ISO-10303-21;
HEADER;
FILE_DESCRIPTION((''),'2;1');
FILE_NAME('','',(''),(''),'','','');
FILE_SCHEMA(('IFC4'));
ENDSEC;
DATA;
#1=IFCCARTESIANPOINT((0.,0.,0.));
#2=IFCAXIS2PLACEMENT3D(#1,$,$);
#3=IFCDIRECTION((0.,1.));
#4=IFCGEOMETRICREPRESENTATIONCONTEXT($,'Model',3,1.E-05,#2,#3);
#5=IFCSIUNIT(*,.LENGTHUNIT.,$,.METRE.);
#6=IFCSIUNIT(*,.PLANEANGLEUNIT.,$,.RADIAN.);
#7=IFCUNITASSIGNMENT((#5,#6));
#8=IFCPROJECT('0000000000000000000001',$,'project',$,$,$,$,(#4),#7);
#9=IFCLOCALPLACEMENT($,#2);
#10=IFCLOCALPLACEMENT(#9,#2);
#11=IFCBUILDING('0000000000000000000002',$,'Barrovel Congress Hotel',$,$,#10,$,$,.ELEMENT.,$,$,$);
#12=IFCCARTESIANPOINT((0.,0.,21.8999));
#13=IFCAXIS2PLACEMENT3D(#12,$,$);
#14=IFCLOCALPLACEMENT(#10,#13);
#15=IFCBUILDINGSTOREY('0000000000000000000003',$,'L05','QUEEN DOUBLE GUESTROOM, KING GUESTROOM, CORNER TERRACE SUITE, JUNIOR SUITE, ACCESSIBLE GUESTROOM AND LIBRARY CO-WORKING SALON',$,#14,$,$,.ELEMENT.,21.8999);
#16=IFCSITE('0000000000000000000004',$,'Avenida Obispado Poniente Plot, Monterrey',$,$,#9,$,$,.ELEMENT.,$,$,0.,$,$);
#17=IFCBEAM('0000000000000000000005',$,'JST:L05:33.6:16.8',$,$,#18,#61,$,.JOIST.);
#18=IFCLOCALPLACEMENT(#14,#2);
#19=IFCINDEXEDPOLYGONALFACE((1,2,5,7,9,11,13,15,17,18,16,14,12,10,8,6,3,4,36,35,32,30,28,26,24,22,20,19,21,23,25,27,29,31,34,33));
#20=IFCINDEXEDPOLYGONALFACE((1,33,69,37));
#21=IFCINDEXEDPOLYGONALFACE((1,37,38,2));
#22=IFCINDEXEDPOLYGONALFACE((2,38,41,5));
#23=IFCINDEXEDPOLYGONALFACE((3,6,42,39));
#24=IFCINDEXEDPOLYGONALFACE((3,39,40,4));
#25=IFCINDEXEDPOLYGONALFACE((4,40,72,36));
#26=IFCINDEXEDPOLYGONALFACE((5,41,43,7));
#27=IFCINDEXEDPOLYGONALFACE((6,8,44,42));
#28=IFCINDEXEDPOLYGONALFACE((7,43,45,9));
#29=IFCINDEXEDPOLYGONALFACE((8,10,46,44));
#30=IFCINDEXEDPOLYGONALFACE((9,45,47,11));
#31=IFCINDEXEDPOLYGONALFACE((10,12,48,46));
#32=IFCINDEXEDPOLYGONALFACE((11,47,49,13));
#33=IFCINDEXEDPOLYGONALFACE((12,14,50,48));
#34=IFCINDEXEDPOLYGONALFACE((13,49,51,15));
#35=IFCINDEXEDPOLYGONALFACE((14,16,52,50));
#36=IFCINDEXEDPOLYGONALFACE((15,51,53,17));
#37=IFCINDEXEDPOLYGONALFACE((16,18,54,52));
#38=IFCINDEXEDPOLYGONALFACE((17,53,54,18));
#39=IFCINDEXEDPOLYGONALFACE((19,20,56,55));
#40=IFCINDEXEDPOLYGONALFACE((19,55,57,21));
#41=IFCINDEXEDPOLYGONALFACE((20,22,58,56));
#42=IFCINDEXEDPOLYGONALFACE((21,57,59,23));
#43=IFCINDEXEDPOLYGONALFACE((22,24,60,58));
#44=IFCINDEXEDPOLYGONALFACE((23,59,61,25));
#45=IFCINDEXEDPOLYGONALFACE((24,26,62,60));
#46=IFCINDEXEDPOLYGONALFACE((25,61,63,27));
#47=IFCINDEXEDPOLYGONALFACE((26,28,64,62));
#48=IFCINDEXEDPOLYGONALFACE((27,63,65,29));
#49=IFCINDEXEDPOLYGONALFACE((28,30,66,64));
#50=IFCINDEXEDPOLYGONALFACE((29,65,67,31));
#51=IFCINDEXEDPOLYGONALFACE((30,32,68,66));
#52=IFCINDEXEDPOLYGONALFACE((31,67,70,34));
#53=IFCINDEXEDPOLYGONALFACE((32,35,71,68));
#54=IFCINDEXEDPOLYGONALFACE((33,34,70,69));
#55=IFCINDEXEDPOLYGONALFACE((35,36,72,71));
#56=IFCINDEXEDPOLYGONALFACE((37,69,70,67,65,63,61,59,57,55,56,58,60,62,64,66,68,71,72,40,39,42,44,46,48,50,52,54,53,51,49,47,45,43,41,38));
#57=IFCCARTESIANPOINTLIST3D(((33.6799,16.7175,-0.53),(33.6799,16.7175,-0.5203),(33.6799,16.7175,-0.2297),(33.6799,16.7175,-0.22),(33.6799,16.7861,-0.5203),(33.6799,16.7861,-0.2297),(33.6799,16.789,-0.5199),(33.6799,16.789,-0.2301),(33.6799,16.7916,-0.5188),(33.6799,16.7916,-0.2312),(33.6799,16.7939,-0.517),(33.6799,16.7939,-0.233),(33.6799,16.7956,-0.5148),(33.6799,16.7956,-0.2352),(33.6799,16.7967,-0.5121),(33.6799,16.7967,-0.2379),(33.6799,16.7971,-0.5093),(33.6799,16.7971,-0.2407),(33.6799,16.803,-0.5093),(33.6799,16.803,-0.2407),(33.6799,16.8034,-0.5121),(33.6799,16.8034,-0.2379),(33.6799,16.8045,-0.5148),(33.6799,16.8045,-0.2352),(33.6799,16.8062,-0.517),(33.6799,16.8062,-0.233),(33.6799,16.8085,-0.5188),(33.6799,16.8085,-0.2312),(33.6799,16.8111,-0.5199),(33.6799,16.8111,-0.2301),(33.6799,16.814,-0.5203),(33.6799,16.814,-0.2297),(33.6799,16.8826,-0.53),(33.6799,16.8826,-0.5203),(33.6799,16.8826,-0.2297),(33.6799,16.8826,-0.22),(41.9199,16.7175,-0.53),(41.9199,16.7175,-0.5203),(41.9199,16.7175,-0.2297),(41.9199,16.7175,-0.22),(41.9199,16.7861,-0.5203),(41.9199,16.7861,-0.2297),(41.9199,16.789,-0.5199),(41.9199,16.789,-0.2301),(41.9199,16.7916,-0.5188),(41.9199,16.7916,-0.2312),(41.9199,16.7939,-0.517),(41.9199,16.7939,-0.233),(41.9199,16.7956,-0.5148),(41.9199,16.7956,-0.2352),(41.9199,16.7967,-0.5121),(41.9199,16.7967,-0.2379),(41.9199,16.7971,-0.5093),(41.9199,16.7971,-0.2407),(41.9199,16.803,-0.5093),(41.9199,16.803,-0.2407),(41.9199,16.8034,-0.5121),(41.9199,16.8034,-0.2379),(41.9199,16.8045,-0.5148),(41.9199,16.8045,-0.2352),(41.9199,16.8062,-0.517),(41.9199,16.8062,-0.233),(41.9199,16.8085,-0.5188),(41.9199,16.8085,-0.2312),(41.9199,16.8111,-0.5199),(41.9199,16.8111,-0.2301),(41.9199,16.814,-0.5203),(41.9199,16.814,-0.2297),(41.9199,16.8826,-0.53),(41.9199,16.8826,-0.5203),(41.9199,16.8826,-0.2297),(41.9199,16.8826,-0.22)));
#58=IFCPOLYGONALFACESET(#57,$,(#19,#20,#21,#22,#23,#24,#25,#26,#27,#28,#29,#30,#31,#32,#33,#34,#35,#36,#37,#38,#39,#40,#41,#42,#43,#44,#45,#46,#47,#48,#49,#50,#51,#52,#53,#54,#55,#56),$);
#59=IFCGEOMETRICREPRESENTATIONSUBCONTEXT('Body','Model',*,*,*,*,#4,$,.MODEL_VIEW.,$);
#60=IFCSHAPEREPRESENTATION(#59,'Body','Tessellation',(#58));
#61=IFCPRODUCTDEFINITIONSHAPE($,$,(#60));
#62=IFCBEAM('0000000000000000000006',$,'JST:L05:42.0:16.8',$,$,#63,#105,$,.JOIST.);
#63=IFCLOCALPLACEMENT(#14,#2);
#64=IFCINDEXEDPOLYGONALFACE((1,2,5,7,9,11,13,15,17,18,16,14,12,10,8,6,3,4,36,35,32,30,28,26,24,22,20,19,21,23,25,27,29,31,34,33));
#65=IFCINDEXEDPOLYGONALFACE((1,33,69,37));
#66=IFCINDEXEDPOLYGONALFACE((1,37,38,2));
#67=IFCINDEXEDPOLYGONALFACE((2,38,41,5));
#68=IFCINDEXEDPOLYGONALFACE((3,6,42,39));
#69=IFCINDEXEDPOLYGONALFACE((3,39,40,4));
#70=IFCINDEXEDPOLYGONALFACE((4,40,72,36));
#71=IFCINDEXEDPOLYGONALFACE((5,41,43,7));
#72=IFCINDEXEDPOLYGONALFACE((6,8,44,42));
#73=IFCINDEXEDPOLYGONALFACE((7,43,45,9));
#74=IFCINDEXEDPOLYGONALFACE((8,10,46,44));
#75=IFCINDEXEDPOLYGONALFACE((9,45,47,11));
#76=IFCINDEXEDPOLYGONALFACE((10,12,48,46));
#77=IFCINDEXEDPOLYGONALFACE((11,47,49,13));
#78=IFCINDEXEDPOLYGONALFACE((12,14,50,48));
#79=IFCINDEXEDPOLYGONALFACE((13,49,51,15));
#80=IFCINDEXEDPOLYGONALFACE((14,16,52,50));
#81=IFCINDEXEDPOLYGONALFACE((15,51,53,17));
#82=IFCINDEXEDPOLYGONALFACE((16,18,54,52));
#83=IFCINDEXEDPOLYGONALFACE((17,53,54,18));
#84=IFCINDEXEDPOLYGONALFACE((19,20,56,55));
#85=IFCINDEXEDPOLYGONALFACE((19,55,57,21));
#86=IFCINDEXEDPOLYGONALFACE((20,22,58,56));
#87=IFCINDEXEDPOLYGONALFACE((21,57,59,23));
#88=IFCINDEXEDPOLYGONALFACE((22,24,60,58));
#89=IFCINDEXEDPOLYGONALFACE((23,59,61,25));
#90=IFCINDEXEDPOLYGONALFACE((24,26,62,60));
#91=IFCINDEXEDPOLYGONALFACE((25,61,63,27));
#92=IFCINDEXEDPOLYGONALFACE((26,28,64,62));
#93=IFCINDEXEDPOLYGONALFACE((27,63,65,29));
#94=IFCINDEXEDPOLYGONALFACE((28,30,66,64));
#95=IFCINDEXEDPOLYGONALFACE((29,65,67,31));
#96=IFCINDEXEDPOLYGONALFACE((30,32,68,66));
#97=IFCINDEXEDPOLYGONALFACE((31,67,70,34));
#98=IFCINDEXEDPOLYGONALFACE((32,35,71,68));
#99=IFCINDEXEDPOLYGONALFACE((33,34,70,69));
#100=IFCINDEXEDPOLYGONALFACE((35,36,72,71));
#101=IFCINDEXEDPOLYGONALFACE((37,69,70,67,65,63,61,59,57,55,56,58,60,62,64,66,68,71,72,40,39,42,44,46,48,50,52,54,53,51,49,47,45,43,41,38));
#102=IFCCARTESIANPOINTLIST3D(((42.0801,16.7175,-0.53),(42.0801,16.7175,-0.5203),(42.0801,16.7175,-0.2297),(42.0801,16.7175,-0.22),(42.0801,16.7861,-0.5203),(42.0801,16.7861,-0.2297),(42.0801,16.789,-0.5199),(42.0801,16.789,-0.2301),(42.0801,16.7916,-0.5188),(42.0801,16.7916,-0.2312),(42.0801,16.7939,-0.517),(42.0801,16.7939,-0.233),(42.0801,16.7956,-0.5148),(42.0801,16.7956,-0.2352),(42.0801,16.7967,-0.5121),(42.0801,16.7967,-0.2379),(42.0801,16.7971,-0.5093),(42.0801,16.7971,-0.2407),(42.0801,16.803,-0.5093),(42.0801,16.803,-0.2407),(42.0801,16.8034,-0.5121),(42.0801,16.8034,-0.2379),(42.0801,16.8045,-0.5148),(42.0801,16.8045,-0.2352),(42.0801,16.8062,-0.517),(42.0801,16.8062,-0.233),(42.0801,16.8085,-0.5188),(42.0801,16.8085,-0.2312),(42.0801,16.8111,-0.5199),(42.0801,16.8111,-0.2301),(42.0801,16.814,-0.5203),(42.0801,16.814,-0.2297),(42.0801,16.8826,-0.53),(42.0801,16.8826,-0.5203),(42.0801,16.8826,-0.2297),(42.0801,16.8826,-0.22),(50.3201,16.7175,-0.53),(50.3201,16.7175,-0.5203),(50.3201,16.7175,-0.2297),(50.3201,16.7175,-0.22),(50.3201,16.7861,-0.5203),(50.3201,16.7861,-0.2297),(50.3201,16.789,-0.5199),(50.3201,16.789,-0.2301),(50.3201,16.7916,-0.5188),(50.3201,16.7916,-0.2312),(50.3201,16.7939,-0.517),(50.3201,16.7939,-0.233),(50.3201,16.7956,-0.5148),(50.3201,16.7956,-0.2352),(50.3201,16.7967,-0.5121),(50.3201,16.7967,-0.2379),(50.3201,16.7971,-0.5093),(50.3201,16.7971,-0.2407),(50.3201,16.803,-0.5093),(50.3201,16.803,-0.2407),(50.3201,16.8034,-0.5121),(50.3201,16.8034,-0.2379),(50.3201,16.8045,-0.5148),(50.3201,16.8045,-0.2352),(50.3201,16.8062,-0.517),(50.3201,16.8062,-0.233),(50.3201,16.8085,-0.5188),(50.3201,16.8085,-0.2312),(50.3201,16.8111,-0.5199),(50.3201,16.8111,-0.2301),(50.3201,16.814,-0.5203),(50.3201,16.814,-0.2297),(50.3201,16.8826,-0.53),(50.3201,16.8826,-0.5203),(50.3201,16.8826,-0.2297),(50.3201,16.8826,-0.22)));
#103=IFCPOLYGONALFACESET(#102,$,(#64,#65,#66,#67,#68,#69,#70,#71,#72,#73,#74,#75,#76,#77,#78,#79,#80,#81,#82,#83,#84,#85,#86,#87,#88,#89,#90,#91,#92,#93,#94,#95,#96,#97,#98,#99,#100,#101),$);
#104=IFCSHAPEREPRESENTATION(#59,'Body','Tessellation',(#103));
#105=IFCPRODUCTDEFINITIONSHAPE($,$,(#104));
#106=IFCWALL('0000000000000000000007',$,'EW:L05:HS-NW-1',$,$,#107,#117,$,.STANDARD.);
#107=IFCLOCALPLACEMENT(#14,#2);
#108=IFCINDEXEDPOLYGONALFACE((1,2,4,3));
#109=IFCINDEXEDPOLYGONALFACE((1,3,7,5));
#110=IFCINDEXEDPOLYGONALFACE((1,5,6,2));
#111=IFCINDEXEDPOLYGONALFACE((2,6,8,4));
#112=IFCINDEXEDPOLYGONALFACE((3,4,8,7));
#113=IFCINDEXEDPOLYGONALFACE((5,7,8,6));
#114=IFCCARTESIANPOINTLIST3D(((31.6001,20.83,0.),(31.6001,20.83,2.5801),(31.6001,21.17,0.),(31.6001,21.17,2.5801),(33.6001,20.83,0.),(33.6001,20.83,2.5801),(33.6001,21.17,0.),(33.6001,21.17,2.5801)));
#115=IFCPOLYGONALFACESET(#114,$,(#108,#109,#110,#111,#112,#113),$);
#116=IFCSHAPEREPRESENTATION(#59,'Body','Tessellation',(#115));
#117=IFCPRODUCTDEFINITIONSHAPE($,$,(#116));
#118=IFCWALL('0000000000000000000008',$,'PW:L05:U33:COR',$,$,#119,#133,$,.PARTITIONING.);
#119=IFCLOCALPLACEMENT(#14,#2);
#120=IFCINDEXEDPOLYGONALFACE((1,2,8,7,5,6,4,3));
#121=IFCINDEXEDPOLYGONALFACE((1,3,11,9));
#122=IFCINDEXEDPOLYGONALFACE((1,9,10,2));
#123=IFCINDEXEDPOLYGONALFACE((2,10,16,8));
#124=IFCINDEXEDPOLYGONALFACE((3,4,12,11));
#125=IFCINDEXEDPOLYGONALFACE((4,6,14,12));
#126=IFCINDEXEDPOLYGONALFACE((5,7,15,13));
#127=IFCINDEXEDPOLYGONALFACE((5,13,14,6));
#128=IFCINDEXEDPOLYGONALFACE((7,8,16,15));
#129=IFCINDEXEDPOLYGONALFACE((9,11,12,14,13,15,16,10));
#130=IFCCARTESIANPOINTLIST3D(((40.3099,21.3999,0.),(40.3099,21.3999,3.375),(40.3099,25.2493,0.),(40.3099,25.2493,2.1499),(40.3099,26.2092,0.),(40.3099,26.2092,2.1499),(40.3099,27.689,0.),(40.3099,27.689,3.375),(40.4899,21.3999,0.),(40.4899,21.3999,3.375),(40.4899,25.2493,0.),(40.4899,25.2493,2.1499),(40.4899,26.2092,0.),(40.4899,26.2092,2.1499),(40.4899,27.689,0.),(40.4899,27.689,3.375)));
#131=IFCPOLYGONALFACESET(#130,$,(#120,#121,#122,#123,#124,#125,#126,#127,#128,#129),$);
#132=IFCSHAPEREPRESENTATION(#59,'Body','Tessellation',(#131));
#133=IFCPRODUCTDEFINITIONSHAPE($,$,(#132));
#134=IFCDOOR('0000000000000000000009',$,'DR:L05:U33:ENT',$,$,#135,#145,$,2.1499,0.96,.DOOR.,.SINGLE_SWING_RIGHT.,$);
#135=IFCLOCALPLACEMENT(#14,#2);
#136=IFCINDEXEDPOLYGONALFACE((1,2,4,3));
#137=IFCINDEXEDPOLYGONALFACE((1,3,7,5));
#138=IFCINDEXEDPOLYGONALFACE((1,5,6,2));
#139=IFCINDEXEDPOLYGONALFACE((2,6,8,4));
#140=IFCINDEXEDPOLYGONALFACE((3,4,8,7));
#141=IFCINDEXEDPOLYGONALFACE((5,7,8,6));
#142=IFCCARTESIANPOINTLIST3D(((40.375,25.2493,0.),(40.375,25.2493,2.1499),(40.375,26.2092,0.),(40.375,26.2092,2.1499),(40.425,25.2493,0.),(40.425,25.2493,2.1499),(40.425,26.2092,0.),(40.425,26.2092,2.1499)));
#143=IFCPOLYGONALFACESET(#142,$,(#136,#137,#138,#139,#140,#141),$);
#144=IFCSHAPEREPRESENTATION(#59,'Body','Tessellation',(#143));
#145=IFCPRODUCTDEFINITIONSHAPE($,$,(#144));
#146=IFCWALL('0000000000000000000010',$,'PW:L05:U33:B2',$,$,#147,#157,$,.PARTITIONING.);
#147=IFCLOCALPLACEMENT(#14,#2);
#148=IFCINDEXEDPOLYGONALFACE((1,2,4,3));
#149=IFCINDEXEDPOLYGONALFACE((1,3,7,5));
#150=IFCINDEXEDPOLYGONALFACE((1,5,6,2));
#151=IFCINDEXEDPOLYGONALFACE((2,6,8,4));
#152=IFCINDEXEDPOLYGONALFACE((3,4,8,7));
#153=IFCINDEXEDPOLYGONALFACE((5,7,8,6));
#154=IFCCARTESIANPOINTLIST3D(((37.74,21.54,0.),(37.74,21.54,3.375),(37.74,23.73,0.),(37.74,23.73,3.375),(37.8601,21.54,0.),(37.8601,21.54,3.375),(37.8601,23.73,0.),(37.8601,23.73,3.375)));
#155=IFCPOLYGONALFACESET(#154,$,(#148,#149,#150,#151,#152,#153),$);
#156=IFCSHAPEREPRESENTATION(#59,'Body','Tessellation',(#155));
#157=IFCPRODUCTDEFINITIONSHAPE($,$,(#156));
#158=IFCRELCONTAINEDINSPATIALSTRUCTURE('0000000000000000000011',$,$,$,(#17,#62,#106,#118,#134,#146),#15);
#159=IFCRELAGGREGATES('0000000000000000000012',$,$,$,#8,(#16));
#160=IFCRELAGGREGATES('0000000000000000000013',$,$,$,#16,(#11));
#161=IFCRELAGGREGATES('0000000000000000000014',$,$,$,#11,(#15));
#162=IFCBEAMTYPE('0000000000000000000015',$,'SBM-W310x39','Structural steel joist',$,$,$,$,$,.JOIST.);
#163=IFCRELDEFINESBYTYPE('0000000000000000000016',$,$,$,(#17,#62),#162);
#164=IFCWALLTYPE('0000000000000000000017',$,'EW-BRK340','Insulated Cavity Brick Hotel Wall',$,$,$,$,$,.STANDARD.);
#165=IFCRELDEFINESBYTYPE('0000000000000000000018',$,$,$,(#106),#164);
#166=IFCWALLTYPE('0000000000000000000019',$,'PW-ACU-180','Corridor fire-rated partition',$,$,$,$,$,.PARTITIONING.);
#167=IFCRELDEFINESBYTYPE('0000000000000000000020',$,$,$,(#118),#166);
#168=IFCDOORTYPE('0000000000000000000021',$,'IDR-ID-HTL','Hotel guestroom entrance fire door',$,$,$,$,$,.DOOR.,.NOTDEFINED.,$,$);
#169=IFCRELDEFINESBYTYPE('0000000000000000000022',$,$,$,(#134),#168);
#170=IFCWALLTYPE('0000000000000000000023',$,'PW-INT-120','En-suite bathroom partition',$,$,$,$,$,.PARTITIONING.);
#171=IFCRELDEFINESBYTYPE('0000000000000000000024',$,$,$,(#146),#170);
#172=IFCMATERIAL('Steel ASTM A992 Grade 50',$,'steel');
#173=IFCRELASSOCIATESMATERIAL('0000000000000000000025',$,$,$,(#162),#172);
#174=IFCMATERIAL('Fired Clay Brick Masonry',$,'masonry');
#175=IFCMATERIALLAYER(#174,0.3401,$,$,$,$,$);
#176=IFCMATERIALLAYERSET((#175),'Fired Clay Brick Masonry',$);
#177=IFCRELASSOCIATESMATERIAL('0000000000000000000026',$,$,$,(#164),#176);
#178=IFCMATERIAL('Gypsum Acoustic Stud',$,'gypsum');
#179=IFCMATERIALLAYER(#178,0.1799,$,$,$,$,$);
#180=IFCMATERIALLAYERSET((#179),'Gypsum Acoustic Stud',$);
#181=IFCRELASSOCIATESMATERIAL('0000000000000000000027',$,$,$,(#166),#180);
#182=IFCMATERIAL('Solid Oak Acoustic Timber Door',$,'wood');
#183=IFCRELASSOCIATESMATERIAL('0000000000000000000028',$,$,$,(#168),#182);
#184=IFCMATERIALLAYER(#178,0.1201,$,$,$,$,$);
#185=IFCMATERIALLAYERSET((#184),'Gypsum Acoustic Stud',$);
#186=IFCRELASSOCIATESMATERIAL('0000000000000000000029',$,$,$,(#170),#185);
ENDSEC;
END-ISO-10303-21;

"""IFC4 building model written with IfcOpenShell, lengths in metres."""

from ifc_helpers import new_model, si_unit, direction, frame, frame_2d, origin, origin_2d, place, context, subcontext, project, spatial, rectangle, i_section, extrude, material, layer, layer_set, material_profile, profile_set, type_object, element, fill, save


model = new_model("IFC4")

# Units and contexts
model_context = context("Model", 3, precision=1e-05, world=origin(), true_north=direction((0.0, 1.0)))
body_context = subcontext(model_context, "Body", "Model", "MODEL_VIEW")
ifc_project = project(units=[si_unit("LENGTHUNIT", "METRE"), si_unit("PLANEANGLEUNIT", "RADIAN")], contexts=[model_context])

# Site, building, storey
site_placement = place(None, origin())
site = spatial("IfcSite", under=ifc_project, at=site_placement, Name="Avenida Obispado Poniente Plot, Monterrey", CompositionType="ELEMENT", RefElevation=0.0)
building_placement = place(site_placement, origin())
building = spatial("IfcBuilding", under=site, at=building_placement, Name="Barrovel Congress Hotel", CompositionType="ELEMENT")
storey_placement = place(building_placement, frame((0.0, 0.0, 21.8999)))
storey = spatial("IfcBuildingStorey", under=building, at=storey_placement, Name="L05", Description="QUEEN DOUBLE GUESTROOM, KING GUESTROOM, CORNER TERRACE SUITE, JUNIOR SUITE, ACCESSIBLE GUESTROOM AND LIBRARY CO-WORKING SALON", CompositionType="ELEMENT", Elevation=21.8999)

# Beams
ifc_material_1 = material(Name="Steel ASTM A992 Grade 50", Category="steel")
ifc_material_profile_1 = material_profile(ifc_material_1, i_section(OverallWidth=0.165, OverallDepth=0.3101, WebThickness=0.0059, FlangeThickness=0.0098, FilletRadius=0.011, at=origin_2d()), Name="W310x39")
ifc_profile_set_1 = profile_set([ifc_material_profile_1], Name="Steel ASTM A992 Grade 50")
beam_type_1 = type_object("IfcBeamType", Name="SBM-W310x39", Description="Structural steel joist", PredefinedType="JOIST", material=ifc_profile_set_1)
for number, where, z_axis, x_axis, name in (
    (1, (33.6799, 16.8, -0.375), (1.0, 0.0, 0.0), (0.0, 1.0, 0.0), "JST:L05:33.6:16.8"),
    (2, (42.0801, 16.8, -0.375), (1.0, 0.0, 0.0), (0.0, 1.0, 0.0), "JST:L05:42.0:16.8"),
):
    element("IfcBeam", number, at=place(storey_placement, frame(where, z_axis=z_axis, x_axis=x_axis)), inside=storey, type_object=beam_type_1, Name=name, PredefinedType="JOIST", context=body_context, shape_type="SweptSolid", body=[
        extrude(i_section(OverallWidth=0.165, OverallDepth=0.3101, WebThickness=0.0059, FlangeThickness=0.0098, FilletRadius=0.011, at=origin_2d()), origin(), (0.0, 0.0, 1.0), 8.24),
    ])

# Wall
ifc_material_2 = material(Name="Fired Clay Brick Masonry", Category="masonry")
ifc_layer_1 = layer(ifc_material_2, 0.3401)
ifc_layer_set_1 = layer_set([ifc_layer_1], Name="Fired Clay Brick Masonry")
wall_type_1 = type_object("IfcWallType", Name="EW-BRK340", Description="Insulated Cavity Brick Hotel Wall", PredefinedType="STANDARD", material=ifc_layer_set_1)
wall_1_placement = place(storey_placement, frame((33.6001, 21.0, 0.0), z_axis=(0.0, 0.0, 1.0), x_axis=(-1.0, 0.0, 0.0)))
element("IfcWall", 3, at=wall_1_placement, inside=storey, type_object=wall_type_1, Name="EW:L05:HS-NW-1", PredefinedType="STANDARD", context=body_context, shape_type="SweptSolid", body=[
    extrude(rectangle(XDim=2.0, YDim=0.3401, at=frame_2d((1.0, 0.0))), origin(), (0.0, 0.0, 1.0), 2.5801),
])

# Wall, opening, door
ifc_material_3 = material(Name="Gypsum Acoustic Stud", Category="gypsum")
ifc_layer_2 = layer(ifc_material_3, 0.1799)
ifc_layer_set_2 = layer_set([ifc_layer_2], Name="Gypsum Acoustic Stud")
wall_type_2 = type_object("IfcWallType", Name="PW-ACU-180", Description="Corridor fire-rated partition", PredefinedType="PARTITIONING", material=ifc_layer_set_2)
wall_2_placement = place(storey_placement, frame((40.3999, 21.3999, 0.0), z_axis=(0.0, 0.0, 1.0), x_axis=(0.0, 1.0, 0.0)))
wall_2 = element("IfcWall", 4, at=wall_2_placement, inside=storey, type_object=wall_type_2, Name="PW:L05:U33:COR", PredefinedType="PARTITIONING", context=body_context, shape_type="SweptSolid", body=[
    extrude(rectangle(XDim=6.2891, YDim=0.1799, at=frame_2d((3.1445, 0.0))), origin(), (0.0, 0.0, 1.0), 3.375),
])
opening_1_placement = place(wall_2_placement, frame((3.8494, 0.0, 0.0)))
opening_1 = element("IfcOpeningElement", 5, at=opening_1_placement, cuts=wall_2, PredefinedType="OPENING", context=body_context, shape_type="SweptSolid", body=[
    extrude(rectangle(XDim=0.96, YDim=2.1499, at=frame_2d((0.48, 1.075))), frame((0.0, 0.1001, 0.0), z_axis=(0.0, -1.0, 0.0), x_axis=(1.0, 0.0, 0.0)), (0.0, 0.0, 1.0), 0.2),
])
ifc_material_4 = material(Name="Solid Oak Acoustic Timber Door", Category="wood")
door_type_1 = type_object("IfcDoorType", Name="IDR-ID-HTL", Description="Hotel guestroom entrance fire door", OperationType="NOTDEFINED", PredefinedType="DOOR", material=ifc_material_4)
door_1_placement = place(opening_1_placement, origin())
door_1 = element("IfcDoor", 6, at=door_1_placement, inside=storey, type_object=door_type_1, Name="DR:L05:U33:ENT", OperationType="SINGLE_SWING_RIGHT", OverallHeight=2.1499, OverallWidth=0.96, PredefinedType="DOOR", context=body_context, shape_type="SweptSolid", body=[
    extrude(rectangle(XDim=0.96, YDim=2.1499, at=frame_2d((0.48, 1.075))), frame((0.0, 0.0249, 0.0), z_axis=(0.0, -1.0, 0.0), x_axis=(1.0, 0.0, 0.0)), (0.0, 0.0, 1.0), 0.05),
])
fill(opening_1, door_1)

# Wall
ifc_layer_3 = layer(ifc_material_3, 0.1201)
ifc_layer_set_3 = layer_set([ifc_layer_3], Name="Gypsum Acoustic Stud")
wall_type_3 = type_object("IfcWallType", Name="PW-INT-120", Description="En-suite bathroom partition", PredefinedType="PARTITIONING", material=ifc_layer_set_3)
wall_3_placement = place(storey_placement, frame((37.8, 21.54, 0.0), z_axis=(0.0, 0.0, 1.0), x_axis=(0.0, 1.0, 0.0)))
element("IfcWall", 7, at=wall_3_placement, inside=storey, type_object=wall_type_3, Name="PW:L05:U33:B2", PredefinedType="PARTITIONING", context=body_context, shape_type="SweptSolid", body=[
    extrude(rectangle(XDim=2.1899, YDim=0.1201, at=frame_2d((1.095, 0.0))), origin(), (0.0, 0.0, 1.0), 3.375),
])

save(model, "model.ifc")
